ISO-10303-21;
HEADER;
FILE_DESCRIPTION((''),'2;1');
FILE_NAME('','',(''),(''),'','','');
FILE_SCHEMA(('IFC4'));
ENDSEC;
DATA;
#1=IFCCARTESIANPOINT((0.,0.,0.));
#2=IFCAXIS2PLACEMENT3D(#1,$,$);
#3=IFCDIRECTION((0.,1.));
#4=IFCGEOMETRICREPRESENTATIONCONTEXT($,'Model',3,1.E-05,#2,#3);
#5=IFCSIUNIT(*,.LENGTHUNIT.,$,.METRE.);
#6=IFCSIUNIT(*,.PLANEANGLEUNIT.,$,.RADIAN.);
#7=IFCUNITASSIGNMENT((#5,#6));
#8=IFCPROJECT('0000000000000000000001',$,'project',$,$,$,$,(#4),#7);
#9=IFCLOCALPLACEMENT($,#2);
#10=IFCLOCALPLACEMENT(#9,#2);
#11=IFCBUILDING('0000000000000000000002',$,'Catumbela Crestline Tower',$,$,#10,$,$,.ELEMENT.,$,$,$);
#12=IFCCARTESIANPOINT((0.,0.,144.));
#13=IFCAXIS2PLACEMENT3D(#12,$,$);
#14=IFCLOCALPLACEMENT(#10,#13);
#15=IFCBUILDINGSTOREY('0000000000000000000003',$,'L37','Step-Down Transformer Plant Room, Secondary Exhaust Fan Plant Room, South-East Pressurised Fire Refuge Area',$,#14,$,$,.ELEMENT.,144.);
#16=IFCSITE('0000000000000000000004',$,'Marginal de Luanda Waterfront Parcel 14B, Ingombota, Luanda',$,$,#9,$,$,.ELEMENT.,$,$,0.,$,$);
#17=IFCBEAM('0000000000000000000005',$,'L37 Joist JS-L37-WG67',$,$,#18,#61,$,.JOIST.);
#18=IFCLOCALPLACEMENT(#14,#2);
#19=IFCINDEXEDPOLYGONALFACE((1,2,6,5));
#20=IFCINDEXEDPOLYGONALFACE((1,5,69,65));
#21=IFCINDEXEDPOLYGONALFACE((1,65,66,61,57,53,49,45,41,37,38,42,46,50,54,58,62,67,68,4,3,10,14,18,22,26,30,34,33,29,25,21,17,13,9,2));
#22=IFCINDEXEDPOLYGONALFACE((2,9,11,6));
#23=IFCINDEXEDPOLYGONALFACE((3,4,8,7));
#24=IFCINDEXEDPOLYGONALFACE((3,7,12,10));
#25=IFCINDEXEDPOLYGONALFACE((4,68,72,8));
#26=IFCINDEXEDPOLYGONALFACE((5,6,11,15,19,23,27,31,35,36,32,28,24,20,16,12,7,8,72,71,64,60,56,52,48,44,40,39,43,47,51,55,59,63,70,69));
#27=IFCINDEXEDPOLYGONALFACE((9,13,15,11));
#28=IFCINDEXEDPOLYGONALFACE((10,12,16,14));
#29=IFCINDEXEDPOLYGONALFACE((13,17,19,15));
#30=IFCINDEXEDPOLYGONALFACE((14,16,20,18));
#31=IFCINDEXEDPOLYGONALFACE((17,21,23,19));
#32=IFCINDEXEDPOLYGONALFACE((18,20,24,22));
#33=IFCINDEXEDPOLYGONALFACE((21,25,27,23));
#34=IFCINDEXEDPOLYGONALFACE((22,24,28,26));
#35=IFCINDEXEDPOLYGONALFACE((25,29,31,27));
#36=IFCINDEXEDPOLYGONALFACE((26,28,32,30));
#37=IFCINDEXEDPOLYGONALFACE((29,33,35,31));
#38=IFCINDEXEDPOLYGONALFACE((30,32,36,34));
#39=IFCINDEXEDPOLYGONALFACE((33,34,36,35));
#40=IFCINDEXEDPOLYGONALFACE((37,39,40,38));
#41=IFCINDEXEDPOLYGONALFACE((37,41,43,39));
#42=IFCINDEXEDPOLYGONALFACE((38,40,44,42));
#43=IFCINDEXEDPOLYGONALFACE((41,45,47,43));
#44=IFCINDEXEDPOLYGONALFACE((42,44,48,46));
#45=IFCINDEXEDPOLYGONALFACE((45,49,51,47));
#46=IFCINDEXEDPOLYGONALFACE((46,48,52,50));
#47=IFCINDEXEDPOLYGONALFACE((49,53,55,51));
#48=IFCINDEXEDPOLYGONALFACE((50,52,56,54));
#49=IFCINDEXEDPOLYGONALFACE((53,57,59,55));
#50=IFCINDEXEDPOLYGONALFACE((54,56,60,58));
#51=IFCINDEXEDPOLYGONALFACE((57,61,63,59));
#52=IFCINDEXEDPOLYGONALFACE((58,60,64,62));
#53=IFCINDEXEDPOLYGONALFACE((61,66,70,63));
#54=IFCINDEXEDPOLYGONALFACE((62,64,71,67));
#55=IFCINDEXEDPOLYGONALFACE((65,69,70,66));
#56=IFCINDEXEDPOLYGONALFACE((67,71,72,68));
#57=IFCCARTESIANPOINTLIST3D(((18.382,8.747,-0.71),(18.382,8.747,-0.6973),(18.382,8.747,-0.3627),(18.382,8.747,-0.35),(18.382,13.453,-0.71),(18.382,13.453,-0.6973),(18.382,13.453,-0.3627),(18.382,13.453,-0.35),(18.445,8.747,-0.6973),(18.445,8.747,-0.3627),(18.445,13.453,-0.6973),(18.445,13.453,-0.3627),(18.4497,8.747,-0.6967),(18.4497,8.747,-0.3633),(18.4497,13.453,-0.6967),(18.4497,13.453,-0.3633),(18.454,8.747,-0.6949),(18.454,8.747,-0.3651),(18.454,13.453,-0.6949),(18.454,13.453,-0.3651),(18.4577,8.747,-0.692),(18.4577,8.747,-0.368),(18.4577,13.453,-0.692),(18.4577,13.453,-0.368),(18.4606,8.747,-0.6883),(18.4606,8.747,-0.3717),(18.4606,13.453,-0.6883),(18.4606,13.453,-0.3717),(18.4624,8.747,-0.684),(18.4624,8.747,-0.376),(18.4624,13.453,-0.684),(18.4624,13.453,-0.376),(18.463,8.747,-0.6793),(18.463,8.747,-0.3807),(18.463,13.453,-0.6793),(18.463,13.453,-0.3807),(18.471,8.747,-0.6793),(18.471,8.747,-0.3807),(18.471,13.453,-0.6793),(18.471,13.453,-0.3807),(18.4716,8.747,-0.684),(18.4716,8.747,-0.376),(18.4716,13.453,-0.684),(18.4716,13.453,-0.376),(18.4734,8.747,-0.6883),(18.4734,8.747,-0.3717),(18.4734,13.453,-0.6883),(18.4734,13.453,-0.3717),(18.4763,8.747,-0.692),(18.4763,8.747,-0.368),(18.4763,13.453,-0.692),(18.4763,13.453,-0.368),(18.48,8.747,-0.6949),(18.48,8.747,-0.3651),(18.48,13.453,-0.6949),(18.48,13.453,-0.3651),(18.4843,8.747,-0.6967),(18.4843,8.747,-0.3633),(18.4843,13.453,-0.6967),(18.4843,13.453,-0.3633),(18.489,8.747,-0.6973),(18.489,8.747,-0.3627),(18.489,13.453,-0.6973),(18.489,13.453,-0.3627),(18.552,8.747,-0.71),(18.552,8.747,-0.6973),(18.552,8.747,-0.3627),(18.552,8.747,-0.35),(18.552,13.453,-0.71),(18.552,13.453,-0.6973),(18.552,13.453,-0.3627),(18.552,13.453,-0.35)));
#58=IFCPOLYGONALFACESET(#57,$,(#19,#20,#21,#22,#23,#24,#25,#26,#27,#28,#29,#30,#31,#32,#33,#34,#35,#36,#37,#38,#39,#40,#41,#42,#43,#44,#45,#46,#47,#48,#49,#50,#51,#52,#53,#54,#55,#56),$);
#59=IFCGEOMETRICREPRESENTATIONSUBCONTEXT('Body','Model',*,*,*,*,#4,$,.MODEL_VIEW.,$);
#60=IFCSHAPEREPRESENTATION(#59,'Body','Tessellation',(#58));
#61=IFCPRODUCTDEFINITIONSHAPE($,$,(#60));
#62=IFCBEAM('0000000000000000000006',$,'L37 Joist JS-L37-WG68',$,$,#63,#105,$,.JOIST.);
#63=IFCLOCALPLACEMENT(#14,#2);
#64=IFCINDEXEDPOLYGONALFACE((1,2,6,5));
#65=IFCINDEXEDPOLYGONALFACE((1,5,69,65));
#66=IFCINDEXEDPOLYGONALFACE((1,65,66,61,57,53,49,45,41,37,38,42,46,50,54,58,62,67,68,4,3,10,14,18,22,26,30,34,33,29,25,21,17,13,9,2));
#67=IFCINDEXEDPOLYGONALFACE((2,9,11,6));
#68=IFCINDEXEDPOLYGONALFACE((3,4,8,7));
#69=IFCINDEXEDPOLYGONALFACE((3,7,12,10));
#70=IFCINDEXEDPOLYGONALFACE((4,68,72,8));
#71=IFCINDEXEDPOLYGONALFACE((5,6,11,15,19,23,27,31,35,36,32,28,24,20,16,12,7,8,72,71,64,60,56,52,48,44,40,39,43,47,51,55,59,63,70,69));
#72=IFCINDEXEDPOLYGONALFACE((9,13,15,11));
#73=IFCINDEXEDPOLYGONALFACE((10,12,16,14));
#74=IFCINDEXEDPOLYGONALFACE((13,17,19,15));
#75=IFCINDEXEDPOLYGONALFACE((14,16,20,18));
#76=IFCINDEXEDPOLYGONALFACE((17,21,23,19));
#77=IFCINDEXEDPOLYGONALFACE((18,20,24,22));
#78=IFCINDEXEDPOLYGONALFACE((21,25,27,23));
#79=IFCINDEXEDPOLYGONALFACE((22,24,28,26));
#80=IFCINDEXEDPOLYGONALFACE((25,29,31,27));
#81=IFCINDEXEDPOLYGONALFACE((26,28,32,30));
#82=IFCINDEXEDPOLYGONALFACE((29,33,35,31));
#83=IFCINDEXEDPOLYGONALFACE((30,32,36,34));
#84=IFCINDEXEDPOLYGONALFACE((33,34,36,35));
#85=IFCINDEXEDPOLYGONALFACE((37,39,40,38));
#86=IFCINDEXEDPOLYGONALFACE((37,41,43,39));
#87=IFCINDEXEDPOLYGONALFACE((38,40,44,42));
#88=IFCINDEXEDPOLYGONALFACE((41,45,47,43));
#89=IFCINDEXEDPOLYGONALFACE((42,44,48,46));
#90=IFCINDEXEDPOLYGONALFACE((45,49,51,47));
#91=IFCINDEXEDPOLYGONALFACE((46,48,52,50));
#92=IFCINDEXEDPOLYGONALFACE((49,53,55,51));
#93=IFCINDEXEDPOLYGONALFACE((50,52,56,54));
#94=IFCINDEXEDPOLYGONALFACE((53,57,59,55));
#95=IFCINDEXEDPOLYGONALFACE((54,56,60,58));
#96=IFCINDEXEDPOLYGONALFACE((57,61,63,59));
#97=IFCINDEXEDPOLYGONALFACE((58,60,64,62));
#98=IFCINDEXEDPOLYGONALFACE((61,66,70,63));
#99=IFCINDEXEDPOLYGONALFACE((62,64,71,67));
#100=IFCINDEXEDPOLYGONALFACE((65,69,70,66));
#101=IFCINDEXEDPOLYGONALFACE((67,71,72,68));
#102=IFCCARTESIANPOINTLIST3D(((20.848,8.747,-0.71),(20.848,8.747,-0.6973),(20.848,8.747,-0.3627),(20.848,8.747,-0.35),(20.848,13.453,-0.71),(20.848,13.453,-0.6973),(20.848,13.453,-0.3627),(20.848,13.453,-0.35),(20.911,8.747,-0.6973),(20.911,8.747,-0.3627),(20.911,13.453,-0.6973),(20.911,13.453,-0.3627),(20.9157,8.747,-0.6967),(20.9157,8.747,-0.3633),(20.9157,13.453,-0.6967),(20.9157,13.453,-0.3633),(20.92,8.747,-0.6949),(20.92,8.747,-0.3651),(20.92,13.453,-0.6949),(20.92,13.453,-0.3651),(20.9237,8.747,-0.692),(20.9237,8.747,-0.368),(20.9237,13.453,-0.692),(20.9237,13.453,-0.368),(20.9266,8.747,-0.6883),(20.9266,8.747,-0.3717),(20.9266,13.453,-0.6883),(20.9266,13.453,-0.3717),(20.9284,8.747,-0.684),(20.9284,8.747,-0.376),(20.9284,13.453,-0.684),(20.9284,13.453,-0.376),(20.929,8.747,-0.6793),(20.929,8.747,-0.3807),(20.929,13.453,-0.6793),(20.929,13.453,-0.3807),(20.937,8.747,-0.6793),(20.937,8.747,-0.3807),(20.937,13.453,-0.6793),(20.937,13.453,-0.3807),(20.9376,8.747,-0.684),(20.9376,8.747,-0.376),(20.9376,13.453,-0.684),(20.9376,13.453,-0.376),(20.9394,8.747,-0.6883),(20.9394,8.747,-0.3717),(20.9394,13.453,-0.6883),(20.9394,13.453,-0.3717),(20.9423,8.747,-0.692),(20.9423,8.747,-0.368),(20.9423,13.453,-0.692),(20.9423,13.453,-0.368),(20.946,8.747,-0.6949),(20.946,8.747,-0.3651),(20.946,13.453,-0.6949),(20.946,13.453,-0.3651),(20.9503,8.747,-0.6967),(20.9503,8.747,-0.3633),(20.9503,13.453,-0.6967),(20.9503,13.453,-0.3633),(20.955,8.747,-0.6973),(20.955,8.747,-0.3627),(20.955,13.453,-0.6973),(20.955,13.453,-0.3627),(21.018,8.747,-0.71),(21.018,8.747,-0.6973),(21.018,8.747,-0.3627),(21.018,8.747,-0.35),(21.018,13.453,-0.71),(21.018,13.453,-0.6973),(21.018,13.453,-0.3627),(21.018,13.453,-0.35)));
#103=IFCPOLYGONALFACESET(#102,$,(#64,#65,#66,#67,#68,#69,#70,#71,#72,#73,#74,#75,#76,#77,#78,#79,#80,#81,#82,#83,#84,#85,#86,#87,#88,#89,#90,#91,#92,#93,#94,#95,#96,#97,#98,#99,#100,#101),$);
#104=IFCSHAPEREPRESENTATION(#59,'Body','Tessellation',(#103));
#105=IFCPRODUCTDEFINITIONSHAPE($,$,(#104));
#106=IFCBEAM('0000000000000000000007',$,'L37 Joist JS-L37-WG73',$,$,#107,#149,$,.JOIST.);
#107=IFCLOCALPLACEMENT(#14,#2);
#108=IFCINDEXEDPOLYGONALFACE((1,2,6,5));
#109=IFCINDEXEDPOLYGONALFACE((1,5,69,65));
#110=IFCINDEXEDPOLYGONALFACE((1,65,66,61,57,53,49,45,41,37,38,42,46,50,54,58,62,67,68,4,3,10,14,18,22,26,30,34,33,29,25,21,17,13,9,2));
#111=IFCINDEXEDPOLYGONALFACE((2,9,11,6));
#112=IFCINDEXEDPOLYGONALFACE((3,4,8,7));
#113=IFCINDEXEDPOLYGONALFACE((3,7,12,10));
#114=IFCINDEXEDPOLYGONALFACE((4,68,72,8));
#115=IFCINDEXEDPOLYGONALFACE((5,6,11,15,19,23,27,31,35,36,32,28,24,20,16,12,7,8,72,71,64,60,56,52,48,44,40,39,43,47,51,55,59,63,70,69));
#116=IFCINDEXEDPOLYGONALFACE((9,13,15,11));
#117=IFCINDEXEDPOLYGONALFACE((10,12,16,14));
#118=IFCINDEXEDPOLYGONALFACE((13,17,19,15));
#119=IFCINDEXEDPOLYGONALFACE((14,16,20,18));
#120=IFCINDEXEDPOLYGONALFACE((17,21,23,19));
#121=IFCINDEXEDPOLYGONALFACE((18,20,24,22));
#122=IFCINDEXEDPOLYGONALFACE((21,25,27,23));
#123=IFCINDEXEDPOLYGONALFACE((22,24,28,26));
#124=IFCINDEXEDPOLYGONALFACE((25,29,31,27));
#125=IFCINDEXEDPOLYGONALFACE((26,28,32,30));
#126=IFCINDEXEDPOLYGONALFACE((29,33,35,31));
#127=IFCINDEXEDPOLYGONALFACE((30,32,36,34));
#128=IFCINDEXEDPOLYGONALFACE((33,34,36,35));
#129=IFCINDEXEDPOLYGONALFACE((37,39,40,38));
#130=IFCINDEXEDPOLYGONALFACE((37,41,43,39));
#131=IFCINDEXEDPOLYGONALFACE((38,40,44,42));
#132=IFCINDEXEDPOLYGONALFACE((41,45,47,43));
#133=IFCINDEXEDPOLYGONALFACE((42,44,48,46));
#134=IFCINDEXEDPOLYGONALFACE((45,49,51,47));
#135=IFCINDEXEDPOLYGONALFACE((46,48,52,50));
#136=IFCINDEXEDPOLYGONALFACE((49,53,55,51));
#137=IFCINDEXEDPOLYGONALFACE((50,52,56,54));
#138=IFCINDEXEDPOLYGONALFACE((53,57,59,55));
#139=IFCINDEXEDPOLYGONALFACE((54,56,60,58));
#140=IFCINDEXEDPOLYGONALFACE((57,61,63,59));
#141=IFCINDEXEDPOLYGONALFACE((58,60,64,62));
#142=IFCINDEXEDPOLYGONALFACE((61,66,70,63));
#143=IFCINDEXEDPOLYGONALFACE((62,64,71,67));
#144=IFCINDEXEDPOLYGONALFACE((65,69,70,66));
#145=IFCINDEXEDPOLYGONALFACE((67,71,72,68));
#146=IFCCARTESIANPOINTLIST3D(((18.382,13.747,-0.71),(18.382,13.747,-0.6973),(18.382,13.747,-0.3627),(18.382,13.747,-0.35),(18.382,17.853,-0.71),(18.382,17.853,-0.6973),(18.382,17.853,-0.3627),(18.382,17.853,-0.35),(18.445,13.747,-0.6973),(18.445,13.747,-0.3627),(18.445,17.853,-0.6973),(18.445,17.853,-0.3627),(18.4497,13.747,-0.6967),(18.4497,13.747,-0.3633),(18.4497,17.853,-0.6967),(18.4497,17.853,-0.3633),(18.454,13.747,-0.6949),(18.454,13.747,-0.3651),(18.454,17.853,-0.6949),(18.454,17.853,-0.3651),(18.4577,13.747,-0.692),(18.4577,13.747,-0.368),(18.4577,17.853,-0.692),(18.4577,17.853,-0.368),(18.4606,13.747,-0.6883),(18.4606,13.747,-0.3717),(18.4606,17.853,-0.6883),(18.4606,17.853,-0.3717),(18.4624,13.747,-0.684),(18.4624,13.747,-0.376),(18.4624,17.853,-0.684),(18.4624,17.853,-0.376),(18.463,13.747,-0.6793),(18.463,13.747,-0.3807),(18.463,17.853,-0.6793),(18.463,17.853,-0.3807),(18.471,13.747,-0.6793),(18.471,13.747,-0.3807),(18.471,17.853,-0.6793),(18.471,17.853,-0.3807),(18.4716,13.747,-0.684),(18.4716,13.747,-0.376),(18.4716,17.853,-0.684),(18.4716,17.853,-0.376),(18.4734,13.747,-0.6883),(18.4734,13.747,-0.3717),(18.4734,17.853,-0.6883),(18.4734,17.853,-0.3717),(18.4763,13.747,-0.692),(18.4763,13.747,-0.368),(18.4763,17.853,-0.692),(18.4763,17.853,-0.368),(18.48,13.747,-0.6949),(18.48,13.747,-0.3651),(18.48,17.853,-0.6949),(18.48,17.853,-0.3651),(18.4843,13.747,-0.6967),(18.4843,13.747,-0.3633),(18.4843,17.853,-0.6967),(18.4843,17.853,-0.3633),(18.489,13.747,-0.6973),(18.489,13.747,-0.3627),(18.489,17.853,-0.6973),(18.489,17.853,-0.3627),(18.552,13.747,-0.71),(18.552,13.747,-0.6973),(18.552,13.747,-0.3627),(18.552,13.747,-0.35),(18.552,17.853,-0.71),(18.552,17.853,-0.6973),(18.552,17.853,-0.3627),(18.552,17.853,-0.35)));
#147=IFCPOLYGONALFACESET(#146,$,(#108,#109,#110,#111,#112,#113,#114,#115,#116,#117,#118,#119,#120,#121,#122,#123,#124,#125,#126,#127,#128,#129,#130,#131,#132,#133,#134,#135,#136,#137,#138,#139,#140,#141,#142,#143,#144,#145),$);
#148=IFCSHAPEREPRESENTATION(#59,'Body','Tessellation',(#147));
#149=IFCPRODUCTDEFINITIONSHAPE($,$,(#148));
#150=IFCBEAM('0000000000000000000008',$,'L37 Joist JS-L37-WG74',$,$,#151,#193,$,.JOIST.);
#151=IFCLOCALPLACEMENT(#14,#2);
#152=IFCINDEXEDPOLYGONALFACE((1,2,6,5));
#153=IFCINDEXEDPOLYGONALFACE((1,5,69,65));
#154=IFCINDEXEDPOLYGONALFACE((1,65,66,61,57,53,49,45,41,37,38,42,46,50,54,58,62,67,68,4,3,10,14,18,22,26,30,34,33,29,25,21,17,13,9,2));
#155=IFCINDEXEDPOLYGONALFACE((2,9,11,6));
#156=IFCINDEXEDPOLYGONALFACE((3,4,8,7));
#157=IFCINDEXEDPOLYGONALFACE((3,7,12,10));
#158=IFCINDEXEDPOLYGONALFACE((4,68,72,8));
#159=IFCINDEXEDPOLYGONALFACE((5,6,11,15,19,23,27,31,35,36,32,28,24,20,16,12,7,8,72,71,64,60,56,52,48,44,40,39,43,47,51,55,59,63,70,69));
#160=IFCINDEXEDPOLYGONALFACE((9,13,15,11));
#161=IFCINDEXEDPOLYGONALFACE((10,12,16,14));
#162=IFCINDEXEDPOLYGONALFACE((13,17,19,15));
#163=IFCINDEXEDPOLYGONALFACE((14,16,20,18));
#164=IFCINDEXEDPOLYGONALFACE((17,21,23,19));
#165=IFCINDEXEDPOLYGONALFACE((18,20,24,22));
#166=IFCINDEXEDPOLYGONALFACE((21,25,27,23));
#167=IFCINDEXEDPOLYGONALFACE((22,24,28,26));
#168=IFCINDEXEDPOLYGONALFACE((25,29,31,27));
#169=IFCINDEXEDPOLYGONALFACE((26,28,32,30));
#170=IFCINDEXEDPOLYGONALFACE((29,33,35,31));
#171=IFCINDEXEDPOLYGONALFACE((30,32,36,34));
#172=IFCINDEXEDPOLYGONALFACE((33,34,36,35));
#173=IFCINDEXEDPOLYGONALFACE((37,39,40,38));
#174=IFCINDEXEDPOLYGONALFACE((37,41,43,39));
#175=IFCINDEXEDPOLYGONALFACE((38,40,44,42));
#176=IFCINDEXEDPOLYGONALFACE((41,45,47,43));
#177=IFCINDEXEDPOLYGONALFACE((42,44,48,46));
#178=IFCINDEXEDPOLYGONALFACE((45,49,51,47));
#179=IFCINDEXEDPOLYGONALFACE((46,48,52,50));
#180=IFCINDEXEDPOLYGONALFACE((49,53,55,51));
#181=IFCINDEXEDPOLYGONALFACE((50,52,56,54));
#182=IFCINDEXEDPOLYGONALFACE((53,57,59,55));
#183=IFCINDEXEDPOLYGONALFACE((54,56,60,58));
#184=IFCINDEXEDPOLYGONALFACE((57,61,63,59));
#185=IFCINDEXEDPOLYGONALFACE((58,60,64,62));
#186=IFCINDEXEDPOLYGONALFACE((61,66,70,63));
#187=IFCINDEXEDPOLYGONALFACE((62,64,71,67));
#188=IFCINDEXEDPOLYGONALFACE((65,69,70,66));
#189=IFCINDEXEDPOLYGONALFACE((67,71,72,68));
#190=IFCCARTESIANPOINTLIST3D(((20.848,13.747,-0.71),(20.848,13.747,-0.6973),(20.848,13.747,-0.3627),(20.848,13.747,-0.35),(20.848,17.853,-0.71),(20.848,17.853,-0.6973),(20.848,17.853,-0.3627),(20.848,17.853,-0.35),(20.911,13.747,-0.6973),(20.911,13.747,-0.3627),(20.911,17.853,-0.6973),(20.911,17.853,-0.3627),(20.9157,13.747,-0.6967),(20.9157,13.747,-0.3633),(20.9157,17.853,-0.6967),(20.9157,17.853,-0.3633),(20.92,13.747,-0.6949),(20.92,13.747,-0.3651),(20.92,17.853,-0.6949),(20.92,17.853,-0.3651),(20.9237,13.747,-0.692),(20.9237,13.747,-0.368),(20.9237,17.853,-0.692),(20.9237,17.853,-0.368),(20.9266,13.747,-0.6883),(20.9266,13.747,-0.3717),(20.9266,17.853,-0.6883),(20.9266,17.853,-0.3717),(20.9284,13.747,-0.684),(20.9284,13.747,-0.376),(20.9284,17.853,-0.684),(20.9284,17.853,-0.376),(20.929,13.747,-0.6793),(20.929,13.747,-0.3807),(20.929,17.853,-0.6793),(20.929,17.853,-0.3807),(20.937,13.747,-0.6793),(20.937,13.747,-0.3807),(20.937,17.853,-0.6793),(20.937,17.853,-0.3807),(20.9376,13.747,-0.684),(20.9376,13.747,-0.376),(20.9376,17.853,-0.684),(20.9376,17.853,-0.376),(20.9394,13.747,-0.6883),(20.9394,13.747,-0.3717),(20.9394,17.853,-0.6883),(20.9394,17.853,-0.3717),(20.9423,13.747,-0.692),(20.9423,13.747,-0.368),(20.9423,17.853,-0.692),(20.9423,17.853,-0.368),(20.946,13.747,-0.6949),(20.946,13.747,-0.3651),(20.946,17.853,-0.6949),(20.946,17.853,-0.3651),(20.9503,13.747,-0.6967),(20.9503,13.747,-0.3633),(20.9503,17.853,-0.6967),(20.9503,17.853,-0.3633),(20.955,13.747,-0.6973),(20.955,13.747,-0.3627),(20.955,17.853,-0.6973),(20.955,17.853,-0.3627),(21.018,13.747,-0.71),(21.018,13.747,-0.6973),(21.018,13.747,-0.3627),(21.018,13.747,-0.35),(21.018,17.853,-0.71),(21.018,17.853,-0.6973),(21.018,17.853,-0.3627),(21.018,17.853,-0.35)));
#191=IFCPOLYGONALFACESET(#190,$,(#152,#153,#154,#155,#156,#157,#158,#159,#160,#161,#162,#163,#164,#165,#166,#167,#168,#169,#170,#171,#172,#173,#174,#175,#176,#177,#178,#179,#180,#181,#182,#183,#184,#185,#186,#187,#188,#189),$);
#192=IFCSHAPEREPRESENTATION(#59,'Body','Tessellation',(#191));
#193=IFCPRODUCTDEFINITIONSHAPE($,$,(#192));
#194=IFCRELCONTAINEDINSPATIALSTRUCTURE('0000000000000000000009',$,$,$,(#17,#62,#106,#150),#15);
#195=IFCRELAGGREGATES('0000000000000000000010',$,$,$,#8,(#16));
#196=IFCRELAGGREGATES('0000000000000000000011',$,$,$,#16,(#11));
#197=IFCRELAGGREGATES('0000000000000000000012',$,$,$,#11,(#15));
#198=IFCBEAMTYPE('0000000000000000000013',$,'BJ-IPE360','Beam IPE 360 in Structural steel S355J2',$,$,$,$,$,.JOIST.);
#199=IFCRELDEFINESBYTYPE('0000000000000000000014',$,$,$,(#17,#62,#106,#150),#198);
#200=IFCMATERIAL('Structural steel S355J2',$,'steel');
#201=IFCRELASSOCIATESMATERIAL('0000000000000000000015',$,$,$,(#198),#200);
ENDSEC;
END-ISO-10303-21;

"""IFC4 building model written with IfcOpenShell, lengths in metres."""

from ifc_helpers import new_model, si_unit, direction, frame, origin, origin_2d, place, context, subcontext, project, spatial, i_section, extrude, material, material_profile, profile_set, type_object, element, save


model = new_model("IFC4")

# Units and contexts
model_context = context("Model", 3, precision=1e-05, world=origin(), true_north=direction((0.0, 1.0)))
body_context = subcontext(model_context, "Body", "Model", "MODEL_VIEW")
ifc_project = project(units=[si_unit("LENGTHUNIT", "METRE"), si_unit("PLANEANGLEUNIT", "RADIAN")], contexts=[model_context])

# Site, building, storey
site_placement = place(None, origin())
site = spatial("IfcSite", under=ifc_project, at=site_placement, Name="Marginal de Luanda Waterfront Parcel 14B, Ingombota, Luanda", CompositionType="ELEMENT", RefElevation=0.0)
building_placement = place(site_placement, origin())
building = spatial("IfcBuilding", under=site, at=building_placement, Name="Catumbela Crestline Tower", CompositionType="ELEMENT")
storey_placement = place(building_placement, frame((0.0, 0.0, 144.0)))
storey = spatial("IfcBuildingStorey", under=building, at=storey_placement, Name="L37", Description="Step-Down Transformer Plant Room, Secondary Exhaust Fan Plant Room, South-East Pressurised Fire Refuge Area", CompositionType="ELEMENT", Elevation=144.0)

# Beams
ifc_material_1 = material(Name="Structural steel S355J2", Category="steel")
ifc_material_profile_1 = material_profile(ifc_material_1, i_section(OverallWidth=0.17, OverallDepth=0.36, WebThickness=0.008, FlangeThickness=0.0127, FilletRadius=0.018, at=origin_2d()), Name="IPE 360")
ifc_profile_set_1 = profile_set([ifc_material_profile_1], Name="Structural steel S355J2")
beam_type_1 = type_object("IfcBeamType", Name="BJ-IPE360", Description="Beam IPE 360 in Structural steel S355J2", PredefinedType="JOIST", material=ifc_profile_set_1)
for number, where, z_axis, x_axis, name in (
    (1, (18.467, 8.747, -0.53), (0.0, 1.0, 0.0), (-1.0, 0.0, 0.0), "L37 Joist JS-L37-WG67"),
    (2, (20.933, 8.747, -0.53), (0.0, 1.0, 0.0), (-1.0, 0.0, 0.0), "L37 Joist JS-L37-WG68"),
):
    element("IfcBeam", number, at=place(storey_placement, frame(where, z_axis=z_axis, x_axis=x_axis)), inside=storey, type_object=beam_type_1, Name=name, PredefinedType="JOIST", context=body_context, shape_type="SweptSolid", body=[
        extrude(i_section(OverallWidth=0.17, OverallDepth=0.36, WebThickness=0.008, FlangeThickness=0.0127, FilletRadius=0.018, at=origin_2d()), origin(), (0.0, 0.0, 1.0), 4.706),
    ])
for number, where, z_axis, x_axis, name in (
    (3, (18.467, 13.747, -0.53), (0.0, 1.0, 0.0), (-1.0, 0.0, 0.0), "L37 Joist JS-L37-WG73"),
    (4, (20.933, 13.747, -0.53), (0.0, 1.0, 0.0), (-1.0, 0.0, 0.0), "L37 Joist JS-L37-WG74"),
):
    element("IfcBeam", number, at=place(storey_placement, frame(where, z_axis=z_axis, x_axis=x_axis)), inside=storey, type_object=beam_type_1, Name=name, PredefinedType="JOIST", context=body_context, shape_type="SweptSolid", body=[
        extrude(i_section(OverallWidth=0.17, OverallDepth=0.36, WebThickness=0.008, FlangeThickness=0.0127, FilletRadius=0.018, at=origin_2d()), origin(), (0.0, 0.0, 1.0), 4.106),
    ])

save(model, "model.ifc")
